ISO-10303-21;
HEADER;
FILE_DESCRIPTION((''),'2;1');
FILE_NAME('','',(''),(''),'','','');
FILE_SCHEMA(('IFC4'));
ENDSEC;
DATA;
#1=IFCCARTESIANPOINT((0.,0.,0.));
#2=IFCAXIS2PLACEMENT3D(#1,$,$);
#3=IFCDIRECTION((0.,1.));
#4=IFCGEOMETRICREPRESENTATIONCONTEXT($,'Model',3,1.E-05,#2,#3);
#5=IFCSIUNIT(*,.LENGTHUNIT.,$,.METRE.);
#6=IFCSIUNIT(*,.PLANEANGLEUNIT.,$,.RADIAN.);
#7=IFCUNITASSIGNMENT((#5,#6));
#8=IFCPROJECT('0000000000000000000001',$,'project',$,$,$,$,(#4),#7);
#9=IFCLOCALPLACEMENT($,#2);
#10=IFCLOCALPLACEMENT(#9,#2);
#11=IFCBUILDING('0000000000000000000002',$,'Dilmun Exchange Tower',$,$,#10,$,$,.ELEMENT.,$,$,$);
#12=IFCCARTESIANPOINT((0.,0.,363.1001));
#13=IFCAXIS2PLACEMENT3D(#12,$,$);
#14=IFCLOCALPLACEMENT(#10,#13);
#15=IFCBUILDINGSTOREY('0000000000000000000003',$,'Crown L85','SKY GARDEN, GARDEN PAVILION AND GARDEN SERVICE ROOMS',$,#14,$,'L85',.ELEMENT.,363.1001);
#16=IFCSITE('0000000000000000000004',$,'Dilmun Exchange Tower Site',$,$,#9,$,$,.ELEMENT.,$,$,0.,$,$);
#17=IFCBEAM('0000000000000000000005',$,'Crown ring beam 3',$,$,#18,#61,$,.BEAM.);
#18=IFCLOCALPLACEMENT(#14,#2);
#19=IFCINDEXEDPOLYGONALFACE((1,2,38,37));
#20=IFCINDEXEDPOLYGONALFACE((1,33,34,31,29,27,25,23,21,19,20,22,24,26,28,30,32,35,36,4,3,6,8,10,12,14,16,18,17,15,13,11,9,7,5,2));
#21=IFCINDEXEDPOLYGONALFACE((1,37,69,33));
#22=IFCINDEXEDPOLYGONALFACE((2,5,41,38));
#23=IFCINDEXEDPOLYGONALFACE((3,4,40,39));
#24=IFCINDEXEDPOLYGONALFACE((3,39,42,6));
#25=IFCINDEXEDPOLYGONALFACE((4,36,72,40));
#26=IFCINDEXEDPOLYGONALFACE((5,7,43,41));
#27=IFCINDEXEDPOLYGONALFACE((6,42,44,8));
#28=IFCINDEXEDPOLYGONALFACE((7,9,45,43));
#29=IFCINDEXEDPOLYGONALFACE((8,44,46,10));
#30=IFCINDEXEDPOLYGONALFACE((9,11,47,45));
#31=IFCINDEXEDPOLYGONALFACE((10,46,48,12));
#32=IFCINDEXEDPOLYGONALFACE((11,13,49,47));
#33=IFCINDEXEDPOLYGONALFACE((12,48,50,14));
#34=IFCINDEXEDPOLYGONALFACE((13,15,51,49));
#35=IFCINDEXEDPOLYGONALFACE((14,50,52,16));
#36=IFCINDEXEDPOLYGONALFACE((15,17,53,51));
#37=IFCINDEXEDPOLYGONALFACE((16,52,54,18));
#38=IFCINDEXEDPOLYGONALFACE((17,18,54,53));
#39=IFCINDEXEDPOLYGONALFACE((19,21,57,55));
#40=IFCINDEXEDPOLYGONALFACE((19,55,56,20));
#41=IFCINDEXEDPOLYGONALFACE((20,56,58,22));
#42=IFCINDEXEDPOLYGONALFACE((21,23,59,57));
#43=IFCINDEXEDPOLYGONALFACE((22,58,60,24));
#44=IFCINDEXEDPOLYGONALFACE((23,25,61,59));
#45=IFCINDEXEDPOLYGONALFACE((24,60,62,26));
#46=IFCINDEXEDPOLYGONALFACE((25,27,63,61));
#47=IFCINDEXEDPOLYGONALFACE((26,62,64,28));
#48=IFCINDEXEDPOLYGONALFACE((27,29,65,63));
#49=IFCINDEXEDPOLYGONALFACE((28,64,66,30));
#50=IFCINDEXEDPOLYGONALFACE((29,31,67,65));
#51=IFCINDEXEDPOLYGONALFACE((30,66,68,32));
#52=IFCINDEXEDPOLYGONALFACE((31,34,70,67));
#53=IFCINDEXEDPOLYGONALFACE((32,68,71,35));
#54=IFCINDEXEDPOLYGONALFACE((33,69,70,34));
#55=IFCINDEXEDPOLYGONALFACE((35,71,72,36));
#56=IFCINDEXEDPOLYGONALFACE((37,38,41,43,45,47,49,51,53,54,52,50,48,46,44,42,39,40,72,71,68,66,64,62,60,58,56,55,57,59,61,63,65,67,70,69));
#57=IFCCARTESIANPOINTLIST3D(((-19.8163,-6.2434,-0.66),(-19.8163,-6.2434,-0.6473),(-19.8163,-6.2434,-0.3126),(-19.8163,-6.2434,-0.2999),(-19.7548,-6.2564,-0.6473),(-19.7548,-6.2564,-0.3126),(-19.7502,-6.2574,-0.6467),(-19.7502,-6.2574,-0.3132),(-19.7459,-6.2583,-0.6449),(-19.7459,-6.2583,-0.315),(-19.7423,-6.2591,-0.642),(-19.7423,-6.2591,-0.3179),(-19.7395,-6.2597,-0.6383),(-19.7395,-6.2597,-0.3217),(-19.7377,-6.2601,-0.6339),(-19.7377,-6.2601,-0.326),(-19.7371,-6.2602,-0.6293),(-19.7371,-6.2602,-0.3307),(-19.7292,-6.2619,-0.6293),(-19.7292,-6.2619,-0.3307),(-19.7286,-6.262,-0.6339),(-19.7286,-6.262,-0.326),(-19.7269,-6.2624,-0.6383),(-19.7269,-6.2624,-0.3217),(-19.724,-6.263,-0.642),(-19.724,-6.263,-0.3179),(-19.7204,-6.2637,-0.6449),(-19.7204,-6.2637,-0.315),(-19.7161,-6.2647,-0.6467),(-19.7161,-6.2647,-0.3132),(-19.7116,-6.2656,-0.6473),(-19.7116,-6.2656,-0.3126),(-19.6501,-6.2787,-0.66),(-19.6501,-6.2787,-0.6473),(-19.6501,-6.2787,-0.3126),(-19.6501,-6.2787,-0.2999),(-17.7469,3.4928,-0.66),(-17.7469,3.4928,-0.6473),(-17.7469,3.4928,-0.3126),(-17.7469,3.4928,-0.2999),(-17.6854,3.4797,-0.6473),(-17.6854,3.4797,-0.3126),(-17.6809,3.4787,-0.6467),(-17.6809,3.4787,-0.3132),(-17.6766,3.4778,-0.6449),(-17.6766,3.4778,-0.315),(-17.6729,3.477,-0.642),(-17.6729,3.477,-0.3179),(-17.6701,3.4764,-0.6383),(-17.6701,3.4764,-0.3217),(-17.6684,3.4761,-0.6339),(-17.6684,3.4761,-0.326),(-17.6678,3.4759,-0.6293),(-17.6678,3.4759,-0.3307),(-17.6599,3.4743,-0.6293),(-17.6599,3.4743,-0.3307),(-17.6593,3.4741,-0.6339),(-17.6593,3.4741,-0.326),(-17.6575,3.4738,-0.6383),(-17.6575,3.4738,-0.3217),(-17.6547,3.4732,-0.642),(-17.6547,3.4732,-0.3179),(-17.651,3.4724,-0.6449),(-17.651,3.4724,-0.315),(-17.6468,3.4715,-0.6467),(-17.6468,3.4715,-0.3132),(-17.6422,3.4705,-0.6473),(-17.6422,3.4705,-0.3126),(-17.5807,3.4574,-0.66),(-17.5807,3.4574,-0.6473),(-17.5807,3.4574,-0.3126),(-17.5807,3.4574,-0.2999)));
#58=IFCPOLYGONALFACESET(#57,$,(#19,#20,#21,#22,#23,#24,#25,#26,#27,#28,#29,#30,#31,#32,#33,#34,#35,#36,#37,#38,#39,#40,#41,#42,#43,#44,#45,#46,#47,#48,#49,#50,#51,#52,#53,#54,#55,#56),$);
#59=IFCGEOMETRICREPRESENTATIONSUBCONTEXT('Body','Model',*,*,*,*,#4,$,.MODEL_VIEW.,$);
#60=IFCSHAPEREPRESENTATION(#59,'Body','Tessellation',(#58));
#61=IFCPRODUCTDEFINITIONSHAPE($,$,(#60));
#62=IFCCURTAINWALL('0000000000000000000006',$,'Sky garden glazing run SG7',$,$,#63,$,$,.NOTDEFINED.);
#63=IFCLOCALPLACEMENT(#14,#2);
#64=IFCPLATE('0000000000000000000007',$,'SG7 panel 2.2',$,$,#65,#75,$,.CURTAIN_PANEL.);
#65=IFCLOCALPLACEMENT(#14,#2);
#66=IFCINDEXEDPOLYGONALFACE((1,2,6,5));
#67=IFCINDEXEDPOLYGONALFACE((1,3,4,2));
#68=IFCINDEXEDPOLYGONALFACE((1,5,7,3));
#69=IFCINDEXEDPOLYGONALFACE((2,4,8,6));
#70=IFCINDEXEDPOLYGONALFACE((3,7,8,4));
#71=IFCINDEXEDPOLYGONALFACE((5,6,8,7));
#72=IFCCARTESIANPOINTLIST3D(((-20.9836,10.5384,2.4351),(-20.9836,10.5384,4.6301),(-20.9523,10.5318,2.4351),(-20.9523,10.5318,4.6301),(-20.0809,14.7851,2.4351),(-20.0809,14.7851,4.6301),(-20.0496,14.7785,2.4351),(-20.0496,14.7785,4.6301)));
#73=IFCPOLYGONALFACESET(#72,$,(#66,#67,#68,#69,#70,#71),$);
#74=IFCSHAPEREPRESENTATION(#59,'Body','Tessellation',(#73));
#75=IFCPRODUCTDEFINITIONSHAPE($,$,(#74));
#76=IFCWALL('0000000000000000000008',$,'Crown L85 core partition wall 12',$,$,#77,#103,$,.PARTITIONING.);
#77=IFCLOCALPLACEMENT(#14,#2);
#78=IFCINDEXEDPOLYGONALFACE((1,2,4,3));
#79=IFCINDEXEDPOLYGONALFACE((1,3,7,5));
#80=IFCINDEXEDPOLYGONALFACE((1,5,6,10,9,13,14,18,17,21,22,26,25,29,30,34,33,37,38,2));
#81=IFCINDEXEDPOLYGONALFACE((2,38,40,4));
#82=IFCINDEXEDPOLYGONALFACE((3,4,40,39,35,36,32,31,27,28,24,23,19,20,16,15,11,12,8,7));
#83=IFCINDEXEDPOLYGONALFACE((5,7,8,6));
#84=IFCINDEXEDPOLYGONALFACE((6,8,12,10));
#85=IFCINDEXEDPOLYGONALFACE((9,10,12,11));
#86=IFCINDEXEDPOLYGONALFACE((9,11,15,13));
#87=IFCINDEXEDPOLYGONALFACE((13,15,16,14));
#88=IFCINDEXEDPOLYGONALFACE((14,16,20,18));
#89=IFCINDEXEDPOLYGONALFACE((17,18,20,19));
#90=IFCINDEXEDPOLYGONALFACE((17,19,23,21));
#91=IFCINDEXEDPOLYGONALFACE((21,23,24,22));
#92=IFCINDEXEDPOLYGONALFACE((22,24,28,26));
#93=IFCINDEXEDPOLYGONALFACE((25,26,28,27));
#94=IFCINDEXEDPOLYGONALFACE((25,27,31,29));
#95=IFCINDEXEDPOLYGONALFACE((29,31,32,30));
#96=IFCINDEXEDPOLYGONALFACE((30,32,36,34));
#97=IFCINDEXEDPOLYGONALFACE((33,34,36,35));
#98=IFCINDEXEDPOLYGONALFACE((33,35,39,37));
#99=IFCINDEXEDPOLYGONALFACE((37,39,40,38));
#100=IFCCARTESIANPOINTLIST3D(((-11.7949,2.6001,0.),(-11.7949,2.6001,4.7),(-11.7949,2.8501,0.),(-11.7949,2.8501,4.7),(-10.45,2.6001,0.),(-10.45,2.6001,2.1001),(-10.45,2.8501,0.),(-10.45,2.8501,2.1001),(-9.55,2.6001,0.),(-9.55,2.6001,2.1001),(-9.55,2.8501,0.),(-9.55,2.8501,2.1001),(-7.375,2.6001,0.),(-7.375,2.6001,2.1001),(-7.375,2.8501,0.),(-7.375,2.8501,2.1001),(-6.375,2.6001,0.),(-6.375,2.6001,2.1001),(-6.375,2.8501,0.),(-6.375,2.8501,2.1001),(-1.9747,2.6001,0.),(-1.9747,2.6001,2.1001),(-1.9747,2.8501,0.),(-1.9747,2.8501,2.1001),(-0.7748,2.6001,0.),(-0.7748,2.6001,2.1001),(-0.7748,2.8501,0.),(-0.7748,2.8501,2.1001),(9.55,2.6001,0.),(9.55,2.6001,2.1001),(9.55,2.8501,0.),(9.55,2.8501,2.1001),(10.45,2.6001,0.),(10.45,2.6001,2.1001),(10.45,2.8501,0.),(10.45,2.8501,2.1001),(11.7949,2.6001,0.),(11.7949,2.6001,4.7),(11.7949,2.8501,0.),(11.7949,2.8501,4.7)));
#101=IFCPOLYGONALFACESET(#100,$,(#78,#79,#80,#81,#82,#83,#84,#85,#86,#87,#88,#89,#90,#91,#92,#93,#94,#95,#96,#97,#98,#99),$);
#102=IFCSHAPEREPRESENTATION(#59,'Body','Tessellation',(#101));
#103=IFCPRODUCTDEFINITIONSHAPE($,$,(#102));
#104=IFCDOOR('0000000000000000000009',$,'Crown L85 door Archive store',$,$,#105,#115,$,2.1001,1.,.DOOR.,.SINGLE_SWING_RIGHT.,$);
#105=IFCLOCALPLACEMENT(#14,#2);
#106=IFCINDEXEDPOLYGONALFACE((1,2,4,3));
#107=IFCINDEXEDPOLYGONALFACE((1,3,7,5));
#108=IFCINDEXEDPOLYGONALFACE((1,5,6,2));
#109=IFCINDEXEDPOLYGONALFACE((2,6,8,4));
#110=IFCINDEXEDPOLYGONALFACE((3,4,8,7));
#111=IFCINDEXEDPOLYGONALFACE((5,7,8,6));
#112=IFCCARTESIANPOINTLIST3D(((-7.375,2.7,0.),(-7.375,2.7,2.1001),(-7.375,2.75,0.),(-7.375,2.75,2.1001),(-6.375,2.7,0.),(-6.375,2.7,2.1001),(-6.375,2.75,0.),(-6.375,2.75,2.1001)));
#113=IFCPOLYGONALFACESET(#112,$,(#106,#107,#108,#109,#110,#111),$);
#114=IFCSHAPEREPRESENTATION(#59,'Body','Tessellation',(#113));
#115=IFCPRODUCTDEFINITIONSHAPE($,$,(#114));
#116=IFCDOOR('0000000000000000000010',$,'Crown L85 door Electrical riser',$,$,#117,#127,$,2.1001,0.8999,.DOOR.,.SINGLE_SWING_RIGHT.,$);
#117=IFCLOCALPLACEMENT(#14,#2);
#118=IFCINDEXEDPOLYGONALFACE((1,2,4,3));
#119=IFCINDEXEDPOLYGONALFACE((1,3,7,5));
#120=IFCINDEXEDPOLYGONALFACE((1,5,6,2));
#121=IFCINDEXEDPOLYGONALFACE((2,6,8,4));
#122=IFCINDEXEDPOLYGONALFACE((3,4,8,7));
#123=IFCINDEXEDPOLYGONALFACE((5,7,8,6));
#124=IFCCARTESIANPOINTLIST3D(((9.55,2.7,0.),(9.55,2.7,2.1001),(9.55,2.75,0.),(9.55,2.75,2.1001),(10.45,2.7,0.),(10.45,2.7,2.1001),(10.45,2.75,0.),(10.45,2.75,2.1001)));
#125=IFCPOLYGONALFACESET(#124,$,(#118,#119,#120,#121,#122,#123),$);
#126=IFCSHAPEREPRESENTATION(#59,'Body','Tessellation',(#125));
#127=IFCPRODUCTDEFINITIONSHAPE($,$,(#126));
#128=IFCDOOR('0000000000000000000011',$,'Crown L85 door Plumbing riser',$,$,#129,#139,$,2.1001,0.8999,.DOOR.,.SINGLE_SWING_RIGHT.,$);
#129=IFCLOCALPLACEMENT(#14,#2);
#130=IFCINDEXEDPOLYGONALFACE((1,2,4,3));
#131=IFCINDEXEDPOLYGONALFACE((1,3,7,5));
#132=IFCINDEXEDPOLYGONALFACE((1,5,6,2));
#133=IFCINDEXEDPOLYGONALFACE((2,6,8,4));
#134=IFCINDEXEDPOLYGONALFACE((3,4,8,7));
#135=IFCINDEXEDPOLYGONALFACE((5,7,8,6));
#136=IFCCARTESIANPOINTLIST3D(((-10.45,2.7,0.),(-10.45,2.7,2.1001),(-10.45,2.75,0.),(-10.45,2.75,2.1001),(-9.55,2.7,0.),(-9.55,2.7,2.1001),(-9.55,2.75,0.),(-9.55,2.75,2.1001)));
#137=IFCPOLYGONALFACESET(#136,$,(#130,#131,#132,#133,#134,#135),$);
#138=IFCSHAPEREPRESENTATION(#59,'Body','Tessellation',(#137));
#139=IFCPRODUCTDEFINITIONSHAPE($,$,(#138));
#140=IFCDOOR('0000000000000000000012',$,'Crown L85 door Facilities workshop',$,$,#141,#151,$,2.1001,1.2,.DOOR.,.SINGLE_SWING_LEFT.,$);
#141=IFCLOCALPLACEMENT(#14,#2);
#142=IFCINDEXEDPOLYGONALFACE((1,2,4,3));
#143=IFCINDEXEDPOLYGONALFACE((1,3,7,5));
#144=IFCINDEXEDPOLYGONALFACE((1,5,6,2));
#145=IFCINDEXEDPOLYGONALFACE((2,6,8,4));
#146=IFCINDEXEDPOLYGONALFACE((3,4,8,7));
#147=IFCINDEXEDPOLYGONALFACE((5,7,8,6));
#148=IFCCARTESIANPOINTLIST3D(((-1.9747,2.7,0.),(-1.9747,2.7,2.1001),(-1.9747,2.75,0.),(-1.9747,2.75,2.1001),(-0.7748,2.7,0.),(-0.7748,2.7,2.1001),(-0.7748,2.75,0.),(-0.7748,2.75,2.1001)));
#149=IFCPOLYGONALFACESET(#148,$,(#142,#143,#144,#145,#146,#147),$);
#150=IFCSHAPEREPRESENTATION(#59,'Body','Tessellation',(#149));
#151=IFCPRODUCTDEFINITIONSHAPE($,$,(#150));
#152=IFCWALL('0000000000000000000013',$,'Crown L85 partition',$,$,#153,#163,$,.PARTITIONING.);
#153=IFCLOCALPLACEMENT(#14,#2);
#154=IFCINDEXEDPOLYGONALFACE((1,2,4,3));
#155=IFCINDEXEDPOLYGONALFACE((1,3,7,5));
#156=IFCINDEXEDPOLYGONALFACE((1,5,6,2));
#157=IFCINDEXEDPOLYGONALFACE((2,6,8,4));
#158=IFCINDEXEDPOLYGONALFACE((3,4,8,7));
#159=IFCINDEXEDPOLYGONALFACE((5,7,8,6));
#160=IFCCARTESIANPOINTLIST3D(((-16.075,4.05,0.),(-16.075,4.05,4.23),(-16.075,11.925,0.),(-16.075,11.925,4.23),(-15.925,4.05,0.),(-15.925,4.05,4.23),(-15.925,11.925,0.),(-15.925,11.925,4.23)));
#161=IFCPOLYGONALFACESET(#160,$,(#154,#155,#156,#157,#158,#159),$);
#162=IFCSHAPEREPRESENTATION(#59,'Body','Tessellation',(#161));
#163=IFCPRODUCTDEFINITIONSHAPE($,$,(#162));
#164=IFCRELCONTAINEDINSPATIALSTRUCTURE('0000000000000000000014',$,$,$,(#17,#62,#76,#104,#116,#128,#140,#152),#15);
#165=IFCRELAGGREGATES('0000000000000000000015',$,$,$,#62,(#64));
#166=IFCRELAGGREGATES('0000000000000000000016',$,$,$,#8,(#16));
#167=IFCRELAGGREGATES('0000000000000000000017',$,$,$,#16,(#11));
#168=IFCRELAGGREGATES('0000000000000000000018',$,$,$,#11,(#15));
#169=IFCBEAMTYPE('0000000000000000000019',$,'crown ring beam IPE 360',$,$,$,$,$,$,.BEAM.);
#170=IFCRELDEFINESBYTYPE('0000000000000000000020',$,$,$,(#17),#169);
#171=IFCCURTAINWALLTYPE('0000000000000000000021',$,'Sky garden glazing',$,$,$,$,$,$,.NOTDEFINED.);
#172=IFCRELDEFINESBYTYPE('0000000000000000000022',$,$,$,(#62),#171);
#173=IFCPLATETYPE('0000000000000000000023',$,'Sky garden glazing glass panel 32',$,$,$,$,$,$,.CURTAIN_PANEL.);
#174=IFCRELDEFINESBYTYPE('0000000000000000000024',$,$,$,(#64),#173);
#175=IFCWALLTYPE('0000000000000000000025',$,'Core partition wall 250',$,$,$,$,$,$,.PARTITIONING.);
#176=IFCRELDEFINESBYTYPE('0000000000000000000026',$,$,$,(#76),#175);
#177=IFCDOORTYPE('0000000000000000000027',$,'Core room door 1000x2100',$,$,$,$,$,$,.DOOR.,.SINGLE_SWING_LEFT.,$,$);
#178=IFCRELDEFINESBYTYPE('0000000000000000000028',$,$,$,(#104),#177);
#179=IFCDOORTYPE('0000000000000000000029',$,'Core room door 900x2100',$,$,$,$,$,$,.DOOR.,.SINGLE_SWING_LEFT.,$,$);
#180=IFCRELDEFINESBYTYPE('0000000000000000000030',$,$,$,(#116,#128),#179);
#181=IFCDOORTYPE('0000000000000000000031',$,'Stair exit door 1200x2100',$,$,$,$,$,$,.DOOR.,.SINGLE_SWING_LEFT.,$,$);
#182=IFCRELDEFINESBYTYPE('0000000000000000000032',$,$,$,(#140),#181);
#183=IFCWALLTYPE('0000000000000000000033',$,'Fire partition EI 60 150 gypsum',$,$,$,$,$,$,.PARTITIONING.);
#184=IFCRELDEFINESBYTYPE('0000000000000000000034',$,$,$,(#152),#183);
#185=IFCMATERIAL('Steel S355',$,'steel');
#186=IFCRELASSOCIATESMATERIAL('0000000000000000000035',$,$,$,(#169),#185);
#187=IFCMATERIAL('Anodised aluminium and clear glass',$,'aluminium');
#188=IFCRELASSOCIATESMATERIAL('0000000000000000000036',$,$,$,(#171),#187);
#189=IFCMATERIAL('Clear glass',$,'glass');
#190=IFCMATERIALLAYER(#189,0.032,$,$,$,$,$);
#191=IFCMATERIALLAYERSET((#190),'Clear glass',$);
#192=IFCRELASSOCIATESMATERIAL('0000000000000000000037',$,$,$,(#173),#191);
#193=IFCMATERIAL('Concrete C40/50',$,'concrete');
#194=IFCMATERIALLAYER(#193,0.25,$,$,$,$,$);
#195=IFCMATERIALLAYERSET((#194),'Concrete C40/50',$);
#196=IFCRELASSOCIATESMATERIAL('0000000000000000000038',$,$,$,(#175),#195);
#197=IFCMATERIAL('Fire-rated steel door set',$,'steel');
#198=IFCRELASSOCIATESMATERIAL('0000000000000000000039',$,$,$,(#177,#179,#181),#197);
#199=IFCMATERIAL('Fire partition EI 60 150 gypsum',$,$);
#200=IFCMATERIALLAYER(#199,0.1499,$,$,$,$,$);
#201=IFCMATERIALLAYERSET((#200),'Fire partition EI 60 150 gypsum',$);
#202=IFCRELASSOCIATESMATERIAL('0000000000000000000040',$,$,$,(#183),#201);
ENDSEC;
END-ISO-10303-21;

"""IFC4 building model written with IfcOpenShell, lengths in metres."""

from ifc_helpers import new_model, si_unit, direction, frame, frame_2d, origin, origin_2d, place, context, subcontext, project, spatial, rectangle, i_section, extrude, material, layer, layer_set, material_profile, profile_set, type_object, element, fill, aggregate, save


model = new_model("IFC4")

# Units and contexts
model_context = context("Model", 3, precision=1e-05, world=origin(), true_north=direction((0.0, 1.0)))
body_context = subcontext(model_context, "Body", "Model", "MODEL_VIEW")
ifc_project = project(units=[si_unit("LENGTHUNIT", "METRE"), si_unit("PLANEANGLEUNIT", "RADIAN")], contexts=[model_context])

# Site, building, storey
site_placement = place(None, origin())
site = spatial("IfcSite", under=ifc_project, at=site_placement, Name="Dilmun Exchange Tower Site", CompositionType="ELEMENT", RefElevation=0.0)
building_placement = place(site_placement, origin())
building = spatial("IfcBuilding", under=site, at=building_placement, Name="Dilmun Exchange Tower", CompositionType="ELEMENT")
storey_placement = place(building_placement, frame((0.0, 0.0, 363.1001)))
storey = spatial("IfcBuildingStorey", under=building, at=storey_placement, Name="Crown L85", Description="SKY GARDEN, GARDEN PAVILION AND GARDEN SERVICE ROOMS", LongName="L85", CompositionType="ELEMENT", Elevation=363.1001)

# Beam
ifc_material_1 = material(Name="Steel S355", Category="steel")
ifc_material_profile_1 = material_profile(ifc_material_1, i_section(OverallWidth=0.1699, OverallDepth=0.3601, WebThickness=0.0081, FlangeThickness=0.0127, FilletRadius=0.0181, at=origin_2d()), Name="IPE 360")
ifc_profile_set_1 = profile_set([ifc_material_profile_1], Name="Steel S355")
beam_type_1 = type_object("IfcBeamType", Name="crown ring beam IPE 360", PredefinedType="BEAM", material=ifc_profile_set_1)
beam_1_placement = place(storey_placement, frame((-17.6638, 3.4751, -0.48), z_axis=(-0.207899, -0.97815, 0.0), x_axis=(0.97815, -0.207899, 0.0)))
element("IfcBeam", 1, at=beam_1_placement, inside=storey, type_object=beam_type_1, Name="Crown ring beam 3", PredefinedType="BEAM", context=body_context, shape_type="SweptSolid", body=[
    extrude(i_section(OverallWidth=0.1699, OverallDepth=0.3601, WebThickness=0.0081, FlangeThickness=0.0127, FilletRadius=0.0181, at=origin_2d()), origin(), (0.0, 0.0, 1.0), 9.9536),
])

# Curtain wall, plate
ifc_material_2 = material(Name="Anodised aluminium and clear glass", Category="aluminium")
curtain_wall_type = type_object("IfcCurtainWallType", Name="Sky garden glazing", PredefinedType="NOTDEFINED", material=ifc_material_2)
curtain_wall_placement = place(storey_placement, origin())
curtain_wall = element("IfcCurtainWall", 2, at=curtain_wall_placement, inside=storey, type_object=curtain_wall_type, Name="Sky garden glazing run SG7", PredefinedType="NOTDEFINED")
ifc_material_3 = material(Name="Clear glass", Category="glass")
ifc_layer_1 = layer(ifc_material_3, 0.032)
ifc_layer_set_1 = layer_set([ifc_layer_1], Name="Clear glass")
plate_type = type_object("IfcPlateType", Name="Sky garden glazing glass panel 32", PredefinedType="CURTAIN_PANEL", material=ifc_layer_set_1)
plate_placement = place(storey_placement, frame((-20.5166, 12.6584, 2.4351), z_axis=(0.0, 0.0, 1.0), x_axis=(-0.207911, -0.978148, 0.0)))
plate = element("IfcPlate", 3, at=plate_placement, type_object=plate_type, Name="SG7 panel 2.2", PredefinedType="CURTAIN_PANEL", context=body_context, shape_type="SweptSolid", body=[
    extrude(rectangle(XDim=4.3416, YDim=0.032, at=origin_2d()), origin(), (0.0, 0.0, 1.0), 2.1951),
])
aggregate(curtain_wall, [plate])

# Wall, openings, doors
ifc_material_4 = material(Name="Concrete C40/50", Category="concrete")
ifc_layer_2 = layer(ifc_material_4, 0.25)
ifc_layer_set_2 = layer_set([ifc_layer_2], Name="Concrete C40/50")
wall_type_1 = type_object("IfcWallType", Name="Core partition wall 250", PredefinedType="PARTITIONING", material=ifc_layer_set_2)
wall_1_placement = place(storey_placement, frame((-11.7949, 2.7251, 0.0), z_axis=(0.0, 0.0, 1.0), x_axis=(1.0, 0.0, 0.0)))
wall_1 = element("IfcWall", 4, at=wall_1_placement, inside=storey, type_object=wall_type_1, Name="Crown L85 core partition wall 12", PredefinedType="PARTITIONING", context=body_context, shape_type="SweptSolid", body=[
    extrude(rectangle(XDim=23.5898, YDim=0.25, at=frame_2d((11.7949, 0.0))), origin(), (0.0, 0.0, 1.0), 4.7),
])
opening_1_placement = place(wall_1_placement, frame((21.345, 0.0, 0.0)))
opening_1 = element("IfcOpeningElement", 5, at=opening_1_placement, cuts=wall_1, PredefinedType="OPENING", context=body_context, shape_type="SweptSolid", body=[
    extrude(rectangle(XDim=0.8999, YDim=2.1001, at=frame_2d((0.45, 1.05))), frame((0.0, 0.135, 0.0), z_axis=(0.0, -1.0, 0.0), x_axis=(1.0, 0.0, 0.0)), (0.0, 0.0, 1.0), 0.27),
])
opening_2_placement = place(wall_1_placement, frame((1.345, 0.0, 0.0)))
opening_2 = element("IfcOpeningElement", 6, at=opening_2_placement, cuts=wall_1, PredefinedType="OPENING", context=body_context, shape_type="SweptSolid", body=[
    extrude(rectangle(XDim=0.8999, YDim=2.1001, at=frame_2d((0.45, 1.05))), frame((0.0, 0.135, 0.0), z_axis=(0.0, -1.0, 0.0), x_axis=(1.0, 0.0, 0.0)), (0.0, 0.0, 1.0), 0.27),
])
opening_3_placement = place(wall_1_placement, frame((4.4199, 0.0, 0.0)))
opening_3 = element("IfcOpeningElement", 7, at=opening_3_placement, cuts=wall_1, PredefinedType="OPENING", context=body_context, shape_type="SweptSolid", body=[
    extrude(rectangle(XDim=1.0, YDim=2.1001, at=frame_2d((0.5, 1.05))), frame((0.0, 0.135, 0.0), z_axis=(0.0, -1.0, 0.0), x_axis=(1.0, 0.0, 0.0)), (0.0, 0.0, 1.0), 0.27),
])
opening_4_placement = place(wall_1_placement, frame((9.8201, 0.0, 0.0)))
opening_4 = element("IfcOpeningElement", 8, at=opening_4_placement, cuts=wall_1, PredefinedType="OPENING", context=body_context, shape_type="SweptSolid", body=[
    extrude(rectangle(XDim=1.2, YDim=2.1001, at=frame_2d((0.6001, 1.05))), frame((0.0, 0.135, 0.0), z_axis=(0.0, -1.0, 0.0), x_axis=(1.0, 0.0, 0.0)), (0.0, 0.0, 1.0), 0.27),
])
ifc_material_5 = material(Name="Fire-rated steel door set", Category="steel")
door_type_1 = type_object("IfcDoorType", Name="Core room door 1000x2100", OperationType="SINGLE_SWING_LEFT", PredefinedType="DOOR", material=ifc_material_5)
door_1_placement = place(opening_3_placement, origin())
door_1 = element("IfcDoor", 9, at=door_1_placement, inside=storey, type_object=door_type_1, Name="Crown L85 door Archive store", OperationType="SINGLE_SWING_RIGHT", OverallHeight=2.1001, OverallWidth=1.0, PredefinedType="DOOR", context=body_context, shape_type="SweptSolid", body=[
    extrude(rectangle(XDim=1.0, YDim=2.1001, at=frame_2d((0.5, 1.05))), frame((0.0, 0.0249, 0.0), z_axis=(0.0, -1.0, 0.0), x_axis=(1.0, 0.0, 0.0)), (0.0, 0.0, 1.0), 0.05),
])
fill(opening_3, door_1)
door_type_2 = type_object("IfcDoorType", Name="Core room door 900x2100", OperationType="SINGLE_SWING_LEFT", PredefinedType="DOOR", material=ifc_material_5)
door_2_placement = place(opening_1_placement, origin())
door_2 = element("IfcDoor", 10, at=door_2_placement, inside=storey, type_object=door_type_2, Name="Crown L85 door Electrical riser", OperationType="SINGLE_SWING_RIGHT", OverallHeight=2.1001, OverallWidth=0.8999, PredefinedType="DOOR", context=body_context, shape_type="SweptSolid", body=[
    extrude(rectangle(XDim=0.8999, YDim=2.1001, at=frame_2d((0.45, 1.05))), frame((0.0, 0.0249, 0.0), z_axis=(0.0, -1.0, 0.0), x_axis=(1.0, 0.0, 0.0)), (0.0, 0.0, 1.0), 0.05),
])
fill(opening_1, door_2)
door_3_placement = place(opening_2_placement, origin())
door_3 = element("IfcDoor", 11, at=door_3_placement, inside=storey, type_object=door_type_2, Name="Crown L85 door Plumbing riser", OperationType="SINGLE_SWING_RIGHT", OverallHeight=2.1001, OverallWidth=0.8999, PredefinedType="DOOR", context=body_context, shape_type="SweptSolid", body=[
    extrude(rectangle(XDim=0.8999, YDim=2.1001, at=frame_2d((0.45, 1.05))), frame((0.0, 0.0249, 0.0), z_axis=(0.0, -1.0, 0.0), x_axis=(1.0, 0.0, 0.0)), (0.0, 0.0, 1.0), 0.05),
])
fill(opening_2, door_3)
door_type_3 = type_object("IfcDoorType", Name="Stair exit door 1200x2100", OperationType="SINGLE_SWING_LEFT", PredefinedType="DOOR", material=ifc_material_5)
door_4_placement = place(opening_4_placement, origin())
door_4 = element("IfcDoor", 12, at=door_4_placement, inside=storey, type_object=door_type_3, Name="Crown L85 door Facilities workshop", OperationType="SINGLE_SWING_LEFT", OverallHeight=2.1001, OverallWidth=1.2, PredefinedType="DOOR", context=body_context, shape_type="SweptSolid", body=[
    extrude(rectangle(XDim=1.2, YDim=2.1001, at=frame_2d((0.6001, 1.05))), frame((0.0, 0.0249, 0.0), z_axis=(0.0, -1.0, 0.0), x_axis=(1.0, 0.0, 0.0)), (0.0, 0.0, 1.0), 0.05),
])
fill(opening_4, door_4)

# Wall
ifc_material_6 = material(Name="Fire partition EI 60 150 gypsum")
ifc_layer_3 = layer(ifc_material_6, 0.1499)
ifc_layer_set_3 = layer_set([ifc_layer_3], Name="Fire partition EI 60 150 gypsum")
wall_type_2 = type_object("IfcWallType", Name="Fire partition EI 60 150 gypsum", PredefinedType="PARTITIONING", material=ifc_layer_set_3)
wall_2_placement = place(storey_placement, frame((-16.0, 4.05, 0.0), z_axis=(0.0, 0.0, 1.0), x_axis=(0.0, 1.0, 0.0)))
element("IfcWall", 13, at=wall_2_placement, inside=storey, type_object=wall_type_2, Name="Crown L85 partition", PredefinedType="PARTITIONING", context=body_context, shape_type="SweptSolid", body=[
    extrude(rectangle(XDim=7.875, YDim=0.1499, at=frame_2d((3.9375, 0.0))), origin(), (0.0, 0.0, 1.0), 4.23),
])

save(model, "model.ifc")
